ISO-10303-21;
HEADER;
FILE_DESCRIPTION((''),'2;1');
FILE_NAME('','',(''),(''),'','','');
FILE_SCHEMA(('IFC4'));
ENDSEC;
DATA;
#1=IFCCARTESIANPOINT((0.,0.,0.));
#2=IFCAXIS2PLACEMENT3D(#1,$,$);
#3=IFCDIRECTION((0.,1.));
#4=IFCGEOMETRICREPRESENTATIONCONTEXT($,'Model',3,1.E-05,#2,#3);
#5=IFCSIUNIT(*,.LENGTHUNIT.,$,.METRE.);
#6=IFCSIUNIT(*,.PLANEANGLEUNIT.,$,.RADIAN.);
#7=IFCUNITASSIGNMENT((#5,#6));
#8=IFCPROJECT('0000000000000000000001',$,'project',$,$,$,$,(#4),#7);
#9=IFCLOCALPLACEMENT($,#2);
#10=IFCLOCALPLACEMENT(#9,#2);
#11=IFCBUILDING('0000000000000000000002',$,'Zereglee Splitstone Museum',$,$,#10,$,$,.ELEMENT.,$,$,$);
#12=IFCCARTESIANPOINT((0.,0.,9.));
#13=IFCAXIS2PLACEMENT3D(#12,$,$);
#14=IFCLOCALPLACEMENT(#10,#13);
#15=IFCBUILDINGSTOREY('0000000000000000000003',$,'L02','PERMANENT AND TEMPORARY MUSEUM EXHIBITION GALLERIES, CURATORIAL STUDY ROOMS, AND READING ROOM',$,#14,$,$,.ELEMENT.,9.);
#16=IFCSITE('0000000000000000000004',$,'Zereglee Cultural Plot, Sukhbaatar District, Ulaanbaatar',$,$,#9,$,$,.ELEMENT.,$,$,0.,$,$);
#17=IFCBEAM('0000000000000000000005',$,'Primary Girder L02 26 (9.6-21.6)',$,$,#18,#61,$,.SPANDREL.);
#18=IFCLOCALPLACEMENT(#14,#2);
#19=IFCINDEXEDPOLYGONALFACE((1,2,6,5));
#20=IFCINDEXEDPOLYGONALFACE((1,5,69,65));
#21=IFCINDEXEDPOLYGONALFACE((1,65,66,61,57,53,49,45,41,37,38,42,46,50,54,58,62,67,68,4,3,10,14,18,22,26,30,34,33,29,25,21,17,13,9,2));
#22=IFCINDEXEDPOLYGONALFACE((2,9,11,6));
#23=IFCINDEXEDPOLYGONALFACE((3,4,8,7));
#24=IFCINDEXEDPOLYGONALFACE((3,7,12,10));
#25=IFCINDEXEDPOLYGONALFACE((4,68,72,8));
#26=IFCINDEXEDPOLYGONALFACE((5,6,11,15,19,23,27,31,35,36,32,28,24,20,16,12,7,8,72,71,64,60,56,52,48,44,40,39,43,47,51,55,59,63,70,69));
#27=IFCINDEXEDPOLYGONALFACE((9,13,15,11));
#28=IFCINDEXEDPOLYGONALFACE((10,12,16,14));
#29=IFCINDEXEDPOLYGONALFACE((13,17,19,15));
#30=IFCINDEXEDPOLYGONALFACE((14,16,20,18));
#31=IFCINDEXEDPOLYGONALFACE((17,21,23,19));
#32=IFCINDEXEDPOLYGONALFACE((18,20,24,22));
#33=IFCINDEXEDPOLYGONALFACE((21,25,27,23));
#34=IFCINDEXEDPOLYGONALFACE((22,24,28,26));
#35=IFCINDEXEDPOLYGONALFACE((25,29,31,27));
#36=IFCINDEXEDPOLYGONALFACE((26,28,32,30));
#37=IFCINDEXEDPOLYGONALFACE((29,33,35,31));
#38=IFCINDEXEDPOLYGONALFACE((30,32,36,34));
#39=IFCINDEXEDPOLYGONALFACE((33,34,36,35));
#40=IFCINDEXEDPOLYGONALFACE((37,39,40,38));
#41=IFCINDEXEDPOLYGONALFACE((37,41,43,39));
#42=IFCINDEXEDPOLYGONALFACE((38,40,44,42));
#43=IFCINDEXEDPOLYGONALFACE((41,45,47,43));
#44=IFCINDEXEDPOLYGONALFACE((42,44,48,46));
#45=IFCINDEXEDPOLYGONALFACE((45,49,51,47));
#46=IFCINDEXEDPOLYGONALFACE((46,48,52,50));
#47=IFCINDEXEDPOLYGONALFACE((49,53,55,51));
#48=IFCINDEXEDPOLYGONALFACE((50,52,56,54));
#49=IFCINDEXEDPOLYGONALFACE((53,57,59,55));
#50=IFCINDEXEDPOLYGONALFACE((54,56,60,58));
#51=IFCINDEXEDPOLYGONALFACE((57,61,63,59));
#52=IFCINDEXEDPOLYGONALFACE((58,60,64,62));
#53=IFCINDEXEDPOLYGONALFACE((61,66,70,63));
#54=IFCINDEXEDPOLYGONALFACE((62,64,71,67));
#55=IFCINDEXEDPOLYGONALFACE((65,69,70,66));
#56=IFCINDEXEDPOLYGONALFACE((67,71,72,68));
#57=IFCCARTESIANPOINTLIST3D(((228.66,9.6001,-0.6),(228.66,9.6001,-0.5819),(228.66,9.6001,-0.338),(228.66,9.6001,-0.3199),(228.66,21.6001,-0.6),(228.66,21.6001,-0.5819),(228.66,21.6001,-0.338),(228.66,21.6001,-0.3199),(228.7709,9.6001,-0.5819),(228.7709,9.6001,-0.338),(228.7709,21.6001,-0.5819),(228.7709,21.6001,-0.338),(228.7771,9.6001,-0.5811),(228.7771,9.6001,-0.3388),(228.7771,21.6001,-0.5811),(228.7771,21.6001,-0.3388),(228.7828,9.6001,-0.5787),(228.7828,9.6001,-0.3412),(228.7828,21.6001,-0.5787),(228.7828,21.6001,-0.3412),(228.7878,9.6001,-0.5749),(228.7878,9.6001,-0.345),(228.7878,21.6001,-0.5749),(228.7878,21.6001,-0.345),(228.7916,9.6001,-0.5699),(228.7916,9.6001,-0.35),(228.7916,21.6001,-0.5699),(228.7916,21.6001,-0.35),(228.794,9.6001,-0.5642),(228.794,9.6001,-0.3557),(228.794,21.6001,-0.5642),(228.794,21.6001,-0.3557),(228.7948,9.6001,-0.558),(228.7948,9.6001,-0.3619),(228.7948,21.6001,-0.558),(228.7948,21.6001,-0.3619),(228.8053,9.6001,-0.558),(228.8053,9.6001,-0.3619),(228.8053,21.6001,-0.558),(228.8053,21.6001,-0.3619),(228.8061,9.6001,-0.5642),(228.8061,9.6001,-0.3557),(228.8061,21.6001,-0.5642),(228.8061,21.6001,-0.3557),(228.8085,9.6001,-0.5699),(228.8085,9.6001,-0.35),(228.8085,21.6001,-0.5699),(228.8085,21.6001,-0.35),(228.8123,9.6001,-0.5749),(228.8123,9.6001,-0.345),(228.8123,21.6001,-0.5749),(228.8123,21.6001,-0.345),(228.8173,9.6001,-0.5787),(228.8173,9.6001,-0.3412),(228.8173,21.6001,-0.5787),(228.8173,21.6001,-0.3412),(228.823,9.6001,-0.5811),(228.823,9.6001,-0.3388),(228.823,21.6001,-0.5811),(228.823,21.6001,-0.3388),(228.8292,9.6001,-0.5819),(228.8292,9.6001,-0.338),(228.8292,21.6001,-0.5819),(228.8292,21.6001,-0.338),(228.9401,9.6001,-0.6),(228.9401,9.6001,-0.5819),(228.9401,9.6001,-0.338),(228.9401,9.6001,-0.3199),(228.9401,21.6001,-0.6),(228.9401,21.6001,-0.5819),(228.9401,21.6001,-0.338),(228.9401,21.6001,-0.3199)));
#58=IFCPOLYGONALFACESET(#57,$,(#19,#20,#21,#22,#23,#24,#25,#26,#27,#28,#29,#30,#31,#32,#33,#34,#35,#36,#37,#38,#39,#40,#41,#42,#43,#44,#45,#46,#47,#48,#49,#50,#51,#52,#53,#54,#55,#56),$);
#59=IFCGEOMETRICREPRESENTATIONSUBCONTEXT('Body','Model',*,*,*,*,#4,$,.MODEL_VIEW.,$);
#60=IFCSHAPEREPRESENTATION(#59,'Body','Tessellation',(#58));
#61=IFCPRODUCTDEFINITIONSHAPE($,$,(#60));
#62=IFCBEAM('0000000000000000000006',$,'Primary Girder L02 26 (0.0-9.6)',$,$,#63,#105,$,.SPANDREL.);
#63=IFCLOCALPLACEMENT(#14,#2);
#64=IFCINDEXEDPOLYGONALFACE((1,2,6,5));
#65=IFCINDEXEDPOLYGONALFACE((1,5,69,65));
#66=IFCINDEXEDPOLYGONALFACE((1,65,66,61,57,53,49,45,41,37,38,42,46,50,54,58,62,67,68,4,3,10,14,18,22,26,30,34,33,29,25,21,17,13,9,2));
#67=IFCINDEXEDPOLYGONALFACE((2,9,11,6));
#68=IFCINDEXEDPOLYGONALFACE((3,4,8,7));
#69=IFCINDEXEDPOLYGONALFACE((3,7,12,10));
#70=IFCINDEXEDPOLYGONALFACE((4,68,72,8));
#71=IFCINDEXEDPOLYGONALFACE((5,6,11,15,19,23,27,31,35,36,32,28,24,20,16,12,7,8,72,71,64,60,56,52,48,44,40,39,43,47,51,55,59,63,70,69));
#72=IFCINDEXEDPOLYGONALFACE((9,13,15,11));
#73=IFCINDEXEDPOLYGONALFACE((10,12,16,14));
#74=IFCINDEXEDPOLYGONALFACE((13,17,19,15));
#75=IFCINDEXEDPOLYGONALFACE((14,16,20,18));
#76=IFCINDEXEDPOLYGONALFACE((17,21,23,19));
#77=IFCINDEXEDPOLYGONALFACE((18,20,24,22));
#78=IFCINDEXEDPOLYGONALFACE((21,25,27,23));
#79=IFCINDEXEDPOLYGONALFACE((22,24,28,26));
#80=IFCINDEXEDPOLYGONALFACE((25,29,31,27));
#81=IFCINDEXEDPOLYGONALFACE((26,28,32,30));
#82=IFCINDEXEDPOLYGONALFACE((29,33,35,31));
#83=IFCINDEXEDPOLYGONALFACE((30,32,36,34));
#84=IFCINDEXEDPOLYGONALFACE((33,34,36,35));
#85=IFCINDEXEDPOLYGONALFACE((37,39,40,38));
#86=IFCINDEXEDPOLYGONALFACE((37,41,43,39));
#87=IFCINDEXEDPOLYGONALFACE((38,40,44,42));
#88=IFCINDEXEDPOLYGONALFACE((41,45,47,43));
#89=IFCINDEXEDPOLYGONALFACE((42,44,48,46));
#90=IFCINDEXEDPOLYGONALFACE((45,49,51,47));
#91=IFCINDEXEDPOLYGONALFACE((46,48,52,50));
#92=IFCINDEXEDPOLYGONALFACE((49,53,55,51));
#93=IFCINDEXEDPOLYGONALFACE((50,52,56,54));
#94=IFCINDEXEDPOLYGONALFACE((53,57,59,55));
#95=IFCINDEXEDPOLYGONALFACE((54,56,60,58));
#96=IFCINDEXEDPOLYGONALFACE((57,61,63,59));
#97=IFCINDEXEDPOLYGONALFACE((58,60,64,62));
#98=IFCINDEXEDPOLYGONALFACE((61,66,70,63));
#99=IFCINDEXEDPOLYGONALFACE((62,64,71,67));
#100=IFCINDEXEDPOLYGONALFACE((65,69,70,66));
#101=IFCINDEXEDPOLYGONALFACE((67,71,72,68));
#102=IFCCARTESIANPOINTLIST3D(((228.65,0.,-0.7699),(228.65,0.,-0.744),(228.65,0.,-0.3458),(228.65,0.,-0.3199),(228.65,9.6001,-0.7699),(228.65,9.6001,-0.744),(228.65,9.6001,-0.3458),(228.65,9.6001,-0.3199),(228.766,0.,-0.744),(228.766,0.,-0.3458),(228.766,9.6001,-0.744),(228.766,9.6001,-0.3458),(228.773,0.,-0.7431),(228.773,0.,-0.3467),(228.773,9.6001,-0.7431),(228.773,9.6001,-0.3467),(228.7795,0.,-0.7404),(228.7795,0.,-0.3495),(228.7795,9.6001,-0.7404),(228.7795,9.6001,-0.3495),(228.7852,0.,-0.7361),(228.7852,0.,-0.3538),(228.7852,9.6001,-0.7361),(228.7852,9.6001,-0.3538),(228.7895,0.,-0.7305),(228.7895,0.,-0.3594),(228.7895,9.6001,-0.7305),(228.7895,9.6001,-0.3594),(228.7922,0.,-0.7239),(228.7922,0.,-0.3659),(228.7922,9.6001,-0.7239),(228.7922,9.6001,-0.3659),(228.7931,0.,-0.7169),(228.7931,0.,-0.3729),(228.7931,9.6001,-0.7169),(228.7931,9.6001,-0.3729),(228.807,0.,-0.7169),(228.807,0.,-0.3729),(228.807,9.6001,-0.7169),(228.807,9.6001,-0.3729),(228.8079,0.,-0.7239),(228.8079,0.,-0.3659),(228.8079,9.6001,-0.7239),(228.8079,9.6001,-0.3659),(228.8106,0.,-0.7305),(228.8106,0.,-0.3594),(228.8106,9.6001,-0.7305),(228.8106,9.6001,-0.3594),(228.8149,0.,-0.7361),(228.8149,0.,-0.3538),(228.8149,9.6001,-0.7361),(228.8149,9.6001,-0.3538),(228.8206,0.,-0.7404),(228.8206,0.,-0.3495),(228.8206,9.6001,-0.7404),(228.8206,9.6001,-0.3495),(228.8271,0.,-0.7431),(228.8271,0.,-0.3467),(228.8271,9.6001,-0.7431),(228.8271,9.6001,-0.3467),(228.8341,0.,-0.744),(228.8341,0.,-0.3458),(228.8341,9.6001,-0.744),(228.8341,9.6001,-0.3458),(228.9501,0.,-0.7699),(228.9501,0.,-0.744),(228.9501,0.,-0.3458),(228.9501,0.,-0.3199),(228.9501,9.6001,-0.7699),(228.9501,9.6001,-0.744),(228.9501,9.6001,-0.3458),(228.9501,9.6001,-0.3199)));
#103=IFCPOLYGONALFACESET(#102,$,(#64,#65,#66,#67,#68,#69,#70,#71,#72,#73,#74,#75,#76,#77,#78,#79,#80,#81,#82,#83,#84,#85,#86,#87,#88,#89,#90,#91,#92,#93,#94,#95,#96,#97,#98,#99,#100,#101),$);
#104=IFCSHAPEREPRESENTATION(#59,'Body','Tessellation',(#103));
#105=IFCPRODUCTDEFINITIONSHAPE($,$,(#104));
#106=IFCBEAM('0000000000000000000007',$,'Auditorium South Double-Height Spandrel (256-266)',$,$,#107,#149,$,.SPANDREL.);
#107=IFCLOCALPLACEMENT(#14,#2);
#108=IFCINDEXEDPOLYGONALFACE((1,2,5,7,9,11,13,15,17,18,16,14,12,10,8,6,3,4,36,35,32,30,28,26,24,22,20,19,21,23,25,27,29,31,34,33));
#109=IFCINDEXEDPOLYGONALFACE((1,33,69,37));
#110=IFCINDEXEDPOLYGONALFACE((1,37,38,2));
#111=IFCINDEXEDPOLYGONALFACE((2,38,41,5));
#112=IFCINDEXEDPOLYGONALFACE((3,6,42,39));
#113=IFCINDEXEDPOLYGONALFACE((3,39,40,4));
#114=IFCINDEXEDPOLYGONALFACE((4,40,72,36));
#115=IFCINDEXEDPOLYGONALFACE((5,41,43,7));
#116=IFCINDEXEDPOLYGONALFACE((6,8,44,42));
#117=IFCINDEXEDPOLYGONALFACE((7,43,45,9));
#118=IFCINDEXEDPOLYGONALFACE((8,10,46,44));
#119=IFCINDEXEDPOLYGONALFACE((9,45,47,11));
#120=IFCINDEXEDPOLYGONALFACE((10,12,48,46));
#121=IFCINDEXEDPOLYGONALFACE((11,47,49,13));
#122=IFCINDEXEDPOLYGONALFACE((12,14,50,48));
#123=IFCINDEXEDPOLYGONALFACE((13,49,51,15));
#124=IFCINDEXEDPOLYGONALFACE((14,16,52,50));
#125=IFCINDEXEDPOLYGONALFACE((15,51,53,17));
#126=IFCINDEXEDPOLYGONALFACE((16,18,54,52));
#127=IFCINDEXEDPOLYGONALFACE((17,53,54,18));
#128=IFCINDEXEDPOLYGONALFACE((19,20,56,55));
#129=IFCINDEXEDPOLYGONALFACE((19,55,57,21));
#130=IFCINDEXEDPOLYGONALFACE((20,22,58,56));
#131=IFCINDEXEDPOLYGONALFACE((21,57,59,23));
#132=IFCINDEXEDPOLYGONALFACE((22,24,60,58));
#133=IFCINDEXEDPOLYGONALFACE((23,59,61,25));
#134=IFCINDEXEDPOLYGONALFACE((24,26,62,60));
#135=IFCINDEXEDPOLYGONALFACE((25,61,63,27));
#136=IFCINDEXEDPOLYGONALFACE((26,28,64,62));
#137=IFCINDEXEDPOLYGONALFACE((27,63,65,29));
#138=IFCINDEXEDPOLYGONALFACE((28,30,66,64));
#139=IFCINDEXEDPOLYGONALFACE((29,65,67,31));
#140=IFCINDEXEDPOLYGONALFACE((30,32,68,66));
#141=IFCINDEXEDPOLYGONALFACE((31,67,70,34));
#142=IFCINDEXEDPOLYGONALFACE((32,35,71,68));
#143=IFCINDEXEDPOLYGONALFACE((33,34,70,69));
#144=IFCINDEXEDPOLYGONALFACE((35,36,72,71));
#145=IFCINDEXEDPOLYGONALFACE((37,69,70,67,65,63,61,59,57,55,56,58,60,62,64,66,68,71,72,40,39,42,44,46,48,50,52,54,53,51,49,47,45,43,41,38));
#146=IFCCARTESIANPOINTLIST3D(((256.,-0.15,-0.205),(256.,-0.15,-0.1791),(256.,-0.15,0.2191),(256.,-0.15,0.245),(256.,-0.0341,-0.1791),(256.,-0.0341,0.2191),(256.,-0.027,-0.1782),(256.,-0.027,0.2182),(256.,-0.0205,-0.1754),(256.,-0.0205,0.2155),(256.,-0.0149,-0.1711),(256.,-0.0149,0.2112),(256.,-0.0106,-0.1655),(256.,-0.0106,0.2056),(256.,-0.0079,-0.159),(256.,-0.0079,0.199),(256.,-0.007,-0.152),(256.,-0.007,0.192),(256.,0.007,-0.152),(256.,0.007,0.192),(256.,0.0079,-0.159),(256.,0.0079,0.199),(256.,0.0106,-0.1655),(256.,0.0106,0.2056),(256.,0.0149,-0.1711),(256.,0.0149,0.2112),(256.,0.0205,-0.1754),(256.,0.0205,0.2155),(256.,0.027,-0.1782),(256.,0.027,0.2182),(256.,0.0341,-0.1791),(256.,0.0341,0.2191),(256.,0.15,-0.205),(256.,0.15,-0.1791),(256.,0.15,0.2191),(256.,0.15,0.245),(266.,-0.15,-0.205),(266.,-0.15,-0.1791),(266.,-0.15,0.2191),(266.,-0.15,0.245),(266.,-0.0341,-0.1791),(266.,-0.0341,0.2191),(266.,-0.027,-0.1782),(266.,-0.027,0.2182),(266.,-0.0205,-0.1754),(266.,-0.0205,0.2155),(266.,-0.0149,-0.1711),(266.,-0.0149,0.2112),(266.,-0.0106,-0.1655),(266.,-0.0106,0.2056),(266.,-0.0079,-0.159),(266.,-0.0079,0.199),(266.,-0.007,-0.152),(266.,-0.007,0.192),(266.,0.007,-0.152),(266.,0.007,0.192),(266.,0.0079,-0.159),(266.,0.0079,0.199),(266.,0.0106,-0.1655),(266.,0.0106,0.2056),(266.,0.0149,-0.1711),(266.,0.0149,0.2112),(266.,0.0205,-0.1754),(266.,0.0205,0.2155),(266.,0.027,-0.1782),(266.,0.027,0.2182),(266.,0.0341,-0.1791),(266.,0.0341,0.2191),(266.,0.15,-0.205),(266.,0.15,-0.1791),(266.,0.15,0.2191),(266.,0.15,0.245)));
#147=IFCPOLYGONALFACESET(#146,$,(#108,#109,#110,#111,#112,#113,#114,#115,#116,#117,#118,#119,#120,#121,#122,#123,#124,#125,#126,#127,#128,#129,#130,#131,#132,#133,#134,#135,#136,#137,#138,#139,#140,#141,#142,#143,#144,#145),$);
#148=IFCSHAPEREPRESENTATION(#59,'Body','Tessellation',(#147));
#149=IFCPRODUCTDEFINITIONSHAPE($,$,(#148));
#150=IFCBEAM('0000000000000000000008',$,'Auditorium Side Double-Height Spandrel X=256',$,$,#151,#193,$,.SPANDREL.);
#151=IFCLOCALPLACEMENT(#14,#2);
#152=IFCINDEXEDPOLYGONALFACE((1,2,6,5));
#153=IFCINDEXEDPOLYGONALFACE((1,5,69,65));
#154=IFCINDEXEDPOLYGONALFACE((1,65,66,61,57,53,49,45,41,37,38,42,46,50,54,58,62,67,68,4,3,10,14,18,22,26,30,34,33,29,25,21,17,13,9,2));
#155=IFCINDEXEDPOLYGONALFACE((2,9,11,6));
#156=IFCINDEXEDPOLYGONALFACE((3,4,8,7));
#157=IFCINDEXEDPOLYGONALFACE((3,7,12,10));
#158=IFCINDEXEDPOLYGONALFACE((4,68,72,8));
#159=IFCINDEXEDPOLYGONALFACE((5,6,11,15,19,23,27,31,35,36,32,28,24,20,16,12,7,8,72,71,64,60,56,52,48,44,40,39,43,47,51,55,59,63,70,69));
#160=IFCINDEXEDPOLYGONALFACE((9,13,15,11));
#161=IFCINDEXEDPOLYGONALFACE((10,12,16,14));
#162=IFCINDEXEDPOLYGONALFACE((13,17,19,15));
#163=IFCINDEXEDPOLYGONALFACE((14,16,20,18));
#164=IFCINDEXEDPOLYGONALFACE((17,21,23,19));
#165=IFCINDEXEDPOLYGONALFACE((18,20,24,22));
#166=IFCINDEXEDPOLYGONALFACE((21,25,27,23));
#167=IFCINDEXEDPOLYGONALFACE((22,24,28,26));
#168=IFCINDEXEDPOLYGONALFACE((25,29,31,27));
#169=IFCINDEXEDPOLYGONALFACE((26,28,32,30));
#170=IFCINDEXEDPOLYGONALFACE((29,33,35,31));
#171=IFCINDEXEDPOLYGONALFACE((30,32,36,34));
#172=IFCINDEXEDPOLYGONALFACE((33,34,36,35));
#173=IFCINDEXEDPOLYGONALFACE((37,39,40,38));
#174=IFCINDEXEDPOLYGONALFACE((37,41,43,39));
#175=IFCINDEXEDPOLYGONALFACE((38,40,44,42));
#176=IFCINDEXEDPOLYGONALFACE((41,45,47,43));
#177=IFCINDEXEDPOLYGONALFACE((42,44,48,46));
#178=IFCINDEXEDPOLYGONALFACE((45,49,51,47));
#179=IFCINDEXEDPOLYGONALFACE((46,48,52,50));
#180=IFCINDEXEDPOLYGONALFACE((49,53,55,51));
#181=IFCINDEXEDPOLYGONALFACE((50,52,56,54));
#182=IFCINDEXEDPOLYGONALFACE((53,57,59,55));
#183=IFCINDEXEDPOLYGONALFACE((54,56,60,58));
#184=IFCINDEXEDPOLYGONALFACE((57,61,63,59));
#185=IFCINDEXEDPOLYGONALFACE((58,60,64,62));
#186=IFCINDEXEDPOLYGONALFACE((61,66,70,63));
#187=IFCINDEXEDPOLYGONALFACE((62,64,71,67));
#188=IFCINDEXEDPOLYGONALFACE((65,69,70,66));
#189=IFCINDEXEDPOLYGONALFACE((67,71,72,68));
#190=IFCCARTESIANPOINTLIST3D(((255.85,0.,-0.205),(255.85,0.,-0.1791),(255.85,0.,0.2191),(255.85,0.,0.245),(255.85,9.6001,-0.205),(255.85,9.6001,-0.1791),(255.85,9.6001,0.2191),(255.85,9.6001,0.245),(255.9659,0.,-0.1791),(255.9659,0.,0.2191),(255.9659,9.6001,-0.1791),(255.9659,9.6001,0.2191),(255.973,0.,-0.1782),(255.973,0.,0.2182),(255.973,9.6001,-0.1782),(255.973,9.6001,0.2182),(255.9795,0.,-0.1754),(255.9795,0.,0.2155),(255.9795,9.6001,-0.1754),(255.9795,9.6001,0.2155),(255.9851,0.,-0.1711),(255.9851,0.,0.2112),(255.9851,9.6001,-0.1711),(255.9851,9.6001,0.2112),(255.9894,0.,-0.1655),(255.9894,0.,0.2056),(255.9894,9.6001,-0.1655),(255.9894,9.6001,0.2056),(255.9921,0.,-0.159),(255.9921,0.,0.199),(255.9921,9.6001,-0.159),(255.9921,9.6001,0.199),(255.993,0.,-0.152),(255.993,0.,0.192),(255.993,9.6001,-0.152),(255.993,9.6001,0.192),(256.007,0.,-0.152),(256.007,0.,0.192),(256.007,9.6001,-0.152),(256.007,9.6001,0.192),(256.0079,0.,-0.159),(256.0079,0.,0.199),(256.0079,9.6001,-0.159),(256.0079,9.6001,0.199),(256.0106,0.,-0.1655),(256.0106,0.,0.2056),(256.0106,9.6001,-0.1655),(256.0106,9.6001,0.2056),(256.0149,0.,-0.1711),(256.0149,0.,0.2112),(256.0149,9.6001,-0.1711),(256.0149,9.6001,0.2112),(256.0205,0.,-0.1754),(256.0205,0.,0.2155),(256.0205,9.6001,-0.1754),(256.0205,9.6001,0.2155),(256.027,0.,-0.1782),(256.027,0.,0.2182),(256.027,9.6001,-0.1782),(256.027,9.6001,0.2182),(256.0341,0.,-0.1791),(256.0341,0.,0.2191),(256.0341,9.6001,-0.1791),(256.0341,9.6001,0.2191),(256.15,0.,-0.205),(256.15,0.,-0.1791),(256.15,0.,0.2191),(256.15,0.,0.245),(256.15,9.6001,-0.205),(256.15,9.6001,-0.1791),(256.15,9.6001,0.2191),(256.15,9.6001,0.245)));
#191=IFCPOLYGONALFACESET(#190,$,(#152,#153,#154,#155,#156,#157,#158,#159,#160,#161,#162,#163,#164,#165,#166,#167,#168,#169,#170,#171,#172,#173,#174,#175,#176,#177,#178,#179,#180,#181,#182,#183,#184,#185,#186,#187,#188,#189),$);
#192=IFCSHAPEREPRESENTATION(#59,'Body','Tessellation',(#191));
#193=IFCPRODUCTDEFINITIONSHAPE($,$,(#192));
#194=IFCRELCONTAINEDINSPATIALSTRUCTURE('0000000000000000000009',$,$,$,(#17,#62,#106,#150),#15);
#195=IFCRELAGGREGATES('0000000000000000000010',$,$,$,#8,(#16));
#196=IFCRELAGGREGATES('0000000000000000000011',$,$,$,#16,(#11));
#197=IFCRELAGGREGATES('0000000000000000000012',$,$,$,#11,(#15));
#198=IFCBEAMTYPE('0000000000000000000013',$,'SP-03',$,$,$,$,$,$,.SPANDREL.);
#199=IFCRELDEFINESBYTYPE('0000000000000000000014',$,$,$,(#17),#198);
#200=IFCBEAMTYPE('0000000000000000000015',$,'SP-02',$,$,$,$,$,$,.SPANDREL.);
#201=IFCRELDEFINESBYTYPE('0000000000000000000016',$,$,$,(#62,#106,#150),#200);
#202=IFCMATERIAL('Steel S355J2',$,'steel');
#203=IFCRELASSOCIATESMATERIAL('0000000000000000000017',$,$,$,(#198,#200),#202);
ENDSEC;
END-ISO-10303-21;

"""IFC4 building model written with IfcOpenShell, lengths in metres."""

from ifc_helpers import new_model, si_unit, direction, frame, origin, origin_2d, place, context, subcontext, project, spatial, i_section, extrude, material, material_profile, profile_set, type_object, element, save


model = new_model("IFC4")

# Units and contexts
model_context = context("Model", 3, precision=1e-05, world=origin(), true_north=direction((0.0, 1.0)))
body_context = subcontext(model_context, "Body", "Model", "MODEL_VIEW")
ifc_project = project(units=[si_unit("LENGTHUNIT", "METRE"), si_unit("PLANEANGLEUNIT", "RADIAN")], contexts=[model_context])

# Site, building, storey
site_placement = place(None, origin())
site = spatial("IfcSite", under=ifc_project, at=site_placement, Name="Zereglee Cultural Plot, Sukhbaatar District, Ulaanbaatar", CompositionType="ELEMENT", RefElevation=0.0)
building_placement = place(site_placement, origin())
building = spatial("IfcBuilding", under=site, at=building_placement, Name="Zereglee Splitstone Museum", CompositionType="ELEMENT")
storey_placement = place(building_placement, frame((0.0, 0.0, 9.0)))
storey = spatial("IfcBuildingStorey", under=building, at=storey_placement, Name="L02", Description="PERMANENT AND TEMPORARY MUSEUM EXHIBITION GALLERIES, CURATORIAL STUDY ROOMS, AND READING ROOM", CompositionType="ELEMENT", Elevation=9.0)

# Shared definitions
ifc_material_1 = material(Name="Steel S355J2", Category="steel")

# Beams
ifc_material_profile_1 = material_profile(ifc_material_1, i_section(OverallWidth=0.28, OverallDepth=0.28, WebThickness=0.0105, FlangeThickness=0.0181, FilletRadius=0.0239, at=origin_2d()), Name="HE 280 B")
ifc_profile_set_1 = profile_set([ifc_material_profile_1], Name="Steel S355J2")
beam_type_1 = type_object("IfcBeamType", Name="SP-03", PredefinedType="SPANDREL", material=ifc_profile_set_1)
beam_1_placement = place(storey_placement, frame((228.8, 9.6001, -0.46), z_axis=(0.0, 1.0, 0.0), x_axis=(-1.0, 0.0, 0.0)))
element("IfcBeam", 1, at=beam_1_placement, inside=storey, type_object=beam_type_1, Name="Primary Girder L02 26 (9.6-21.6)", PredefinedType="SPANDREL", context=body_context, shape_type="SweptSolid", body=[
    extrude(i_section(OverallWidth=0.28, OverallDepth=0.28, WebThickness=0.0105, FlangeThickness=0.0181, FilletRadius=0.0239, at=origin_2d()), origin(), (0.0, 0.0, 1.0), 12.0),
])
ifc_material_profile_2 = material_profile(ifc_material_1, i_section(OverallWidth=0.3, OverallDepth=0.45, WebThickness=0.0139, FlangeThickness=0.0259, FilletRadius=0.0271, at=origin_2d()), Name="HE 450 B")
ifc_profile_set_2 = profile_set([ifc_material_profile_2], Name="Steel S355J2")
beam_type_2 = type_object("IfcBeamType", Name="SP-02", PredefinedType="SPANDREL", material=ifc_profile_set_2)
beam_2_placement = place(storey_placement, frame((228.8, 0.0, -0.5449), z_axis=(0.0, 1.0, 0.0), x_axis=(-1.0, 0.0, 0.0)))
element("IfcBeam", 2, at=beam_2_placement, inside=storey, type_object=beam_type_2, Name="Primary Girder L02 26 (0.0-9.6)", PredefinedType="SPANDREL", context=body_context, shape_type="SweptSolid", body=[
    extrude(i_section(OverallWidth=0.3, OverallDepth=0.45, WebThickness=0.0139, FlangeThickness=0.0259, FilletRadius=0.0271, at=origin_2d()), origin(), (0.0, 0.0, 1.0), 9.6001),
])
beam_3_placement = place(storey_placement, frame((256.0, 0.0, 0.02), z_axis=(1.0, 0.0, 0.0), x_axis=(0.0, 1.0, 0.0)))
element("IfcBeam", 3, at=beam_3_placement, inside=storey, type_object=beam_type_2, Name="Auditorium South Double-Height Spandrel (256-266)", PredefinedType="SPANDREL", context=body_context, shape_type="SweptSolid", body=[
    extrude(i_section(OverallWidth=0.3, OverallDepth=0.45, WebThickness=0.0139, FlangeThickness=0.0259, FilletRadius=0.0271, at=origin_2d()), origin(), (0.0, 0.0, 1.0), 10.0),
])
beam_4_placement = place(storey_placement, frame((256.0, 0.0, 0.02), z_axis=(0.0, 1.0, 0.0), x_axis=(-1.0, 0.0, 0.0)))
element("IfcBeam", 4, at=beam_4_placement, inside=storey, type_object=beam_type_2, Name="Auditorium Side Double-Height Spandrel X=256", PredefinedType="SPANDREL", context=body_context, shape_type="SweptSolid", body=[
    extrude(i_section(OverallWidth=0.3, OverallDepth=0.45, WebThickness=0.0139, FlangeThickness=0.0259, FilletRadius=0.0271, at=origin_2d()), origin(), (0.0, 0.0, 1.0), 9.6001),
])

save(model, "model.ifc")
